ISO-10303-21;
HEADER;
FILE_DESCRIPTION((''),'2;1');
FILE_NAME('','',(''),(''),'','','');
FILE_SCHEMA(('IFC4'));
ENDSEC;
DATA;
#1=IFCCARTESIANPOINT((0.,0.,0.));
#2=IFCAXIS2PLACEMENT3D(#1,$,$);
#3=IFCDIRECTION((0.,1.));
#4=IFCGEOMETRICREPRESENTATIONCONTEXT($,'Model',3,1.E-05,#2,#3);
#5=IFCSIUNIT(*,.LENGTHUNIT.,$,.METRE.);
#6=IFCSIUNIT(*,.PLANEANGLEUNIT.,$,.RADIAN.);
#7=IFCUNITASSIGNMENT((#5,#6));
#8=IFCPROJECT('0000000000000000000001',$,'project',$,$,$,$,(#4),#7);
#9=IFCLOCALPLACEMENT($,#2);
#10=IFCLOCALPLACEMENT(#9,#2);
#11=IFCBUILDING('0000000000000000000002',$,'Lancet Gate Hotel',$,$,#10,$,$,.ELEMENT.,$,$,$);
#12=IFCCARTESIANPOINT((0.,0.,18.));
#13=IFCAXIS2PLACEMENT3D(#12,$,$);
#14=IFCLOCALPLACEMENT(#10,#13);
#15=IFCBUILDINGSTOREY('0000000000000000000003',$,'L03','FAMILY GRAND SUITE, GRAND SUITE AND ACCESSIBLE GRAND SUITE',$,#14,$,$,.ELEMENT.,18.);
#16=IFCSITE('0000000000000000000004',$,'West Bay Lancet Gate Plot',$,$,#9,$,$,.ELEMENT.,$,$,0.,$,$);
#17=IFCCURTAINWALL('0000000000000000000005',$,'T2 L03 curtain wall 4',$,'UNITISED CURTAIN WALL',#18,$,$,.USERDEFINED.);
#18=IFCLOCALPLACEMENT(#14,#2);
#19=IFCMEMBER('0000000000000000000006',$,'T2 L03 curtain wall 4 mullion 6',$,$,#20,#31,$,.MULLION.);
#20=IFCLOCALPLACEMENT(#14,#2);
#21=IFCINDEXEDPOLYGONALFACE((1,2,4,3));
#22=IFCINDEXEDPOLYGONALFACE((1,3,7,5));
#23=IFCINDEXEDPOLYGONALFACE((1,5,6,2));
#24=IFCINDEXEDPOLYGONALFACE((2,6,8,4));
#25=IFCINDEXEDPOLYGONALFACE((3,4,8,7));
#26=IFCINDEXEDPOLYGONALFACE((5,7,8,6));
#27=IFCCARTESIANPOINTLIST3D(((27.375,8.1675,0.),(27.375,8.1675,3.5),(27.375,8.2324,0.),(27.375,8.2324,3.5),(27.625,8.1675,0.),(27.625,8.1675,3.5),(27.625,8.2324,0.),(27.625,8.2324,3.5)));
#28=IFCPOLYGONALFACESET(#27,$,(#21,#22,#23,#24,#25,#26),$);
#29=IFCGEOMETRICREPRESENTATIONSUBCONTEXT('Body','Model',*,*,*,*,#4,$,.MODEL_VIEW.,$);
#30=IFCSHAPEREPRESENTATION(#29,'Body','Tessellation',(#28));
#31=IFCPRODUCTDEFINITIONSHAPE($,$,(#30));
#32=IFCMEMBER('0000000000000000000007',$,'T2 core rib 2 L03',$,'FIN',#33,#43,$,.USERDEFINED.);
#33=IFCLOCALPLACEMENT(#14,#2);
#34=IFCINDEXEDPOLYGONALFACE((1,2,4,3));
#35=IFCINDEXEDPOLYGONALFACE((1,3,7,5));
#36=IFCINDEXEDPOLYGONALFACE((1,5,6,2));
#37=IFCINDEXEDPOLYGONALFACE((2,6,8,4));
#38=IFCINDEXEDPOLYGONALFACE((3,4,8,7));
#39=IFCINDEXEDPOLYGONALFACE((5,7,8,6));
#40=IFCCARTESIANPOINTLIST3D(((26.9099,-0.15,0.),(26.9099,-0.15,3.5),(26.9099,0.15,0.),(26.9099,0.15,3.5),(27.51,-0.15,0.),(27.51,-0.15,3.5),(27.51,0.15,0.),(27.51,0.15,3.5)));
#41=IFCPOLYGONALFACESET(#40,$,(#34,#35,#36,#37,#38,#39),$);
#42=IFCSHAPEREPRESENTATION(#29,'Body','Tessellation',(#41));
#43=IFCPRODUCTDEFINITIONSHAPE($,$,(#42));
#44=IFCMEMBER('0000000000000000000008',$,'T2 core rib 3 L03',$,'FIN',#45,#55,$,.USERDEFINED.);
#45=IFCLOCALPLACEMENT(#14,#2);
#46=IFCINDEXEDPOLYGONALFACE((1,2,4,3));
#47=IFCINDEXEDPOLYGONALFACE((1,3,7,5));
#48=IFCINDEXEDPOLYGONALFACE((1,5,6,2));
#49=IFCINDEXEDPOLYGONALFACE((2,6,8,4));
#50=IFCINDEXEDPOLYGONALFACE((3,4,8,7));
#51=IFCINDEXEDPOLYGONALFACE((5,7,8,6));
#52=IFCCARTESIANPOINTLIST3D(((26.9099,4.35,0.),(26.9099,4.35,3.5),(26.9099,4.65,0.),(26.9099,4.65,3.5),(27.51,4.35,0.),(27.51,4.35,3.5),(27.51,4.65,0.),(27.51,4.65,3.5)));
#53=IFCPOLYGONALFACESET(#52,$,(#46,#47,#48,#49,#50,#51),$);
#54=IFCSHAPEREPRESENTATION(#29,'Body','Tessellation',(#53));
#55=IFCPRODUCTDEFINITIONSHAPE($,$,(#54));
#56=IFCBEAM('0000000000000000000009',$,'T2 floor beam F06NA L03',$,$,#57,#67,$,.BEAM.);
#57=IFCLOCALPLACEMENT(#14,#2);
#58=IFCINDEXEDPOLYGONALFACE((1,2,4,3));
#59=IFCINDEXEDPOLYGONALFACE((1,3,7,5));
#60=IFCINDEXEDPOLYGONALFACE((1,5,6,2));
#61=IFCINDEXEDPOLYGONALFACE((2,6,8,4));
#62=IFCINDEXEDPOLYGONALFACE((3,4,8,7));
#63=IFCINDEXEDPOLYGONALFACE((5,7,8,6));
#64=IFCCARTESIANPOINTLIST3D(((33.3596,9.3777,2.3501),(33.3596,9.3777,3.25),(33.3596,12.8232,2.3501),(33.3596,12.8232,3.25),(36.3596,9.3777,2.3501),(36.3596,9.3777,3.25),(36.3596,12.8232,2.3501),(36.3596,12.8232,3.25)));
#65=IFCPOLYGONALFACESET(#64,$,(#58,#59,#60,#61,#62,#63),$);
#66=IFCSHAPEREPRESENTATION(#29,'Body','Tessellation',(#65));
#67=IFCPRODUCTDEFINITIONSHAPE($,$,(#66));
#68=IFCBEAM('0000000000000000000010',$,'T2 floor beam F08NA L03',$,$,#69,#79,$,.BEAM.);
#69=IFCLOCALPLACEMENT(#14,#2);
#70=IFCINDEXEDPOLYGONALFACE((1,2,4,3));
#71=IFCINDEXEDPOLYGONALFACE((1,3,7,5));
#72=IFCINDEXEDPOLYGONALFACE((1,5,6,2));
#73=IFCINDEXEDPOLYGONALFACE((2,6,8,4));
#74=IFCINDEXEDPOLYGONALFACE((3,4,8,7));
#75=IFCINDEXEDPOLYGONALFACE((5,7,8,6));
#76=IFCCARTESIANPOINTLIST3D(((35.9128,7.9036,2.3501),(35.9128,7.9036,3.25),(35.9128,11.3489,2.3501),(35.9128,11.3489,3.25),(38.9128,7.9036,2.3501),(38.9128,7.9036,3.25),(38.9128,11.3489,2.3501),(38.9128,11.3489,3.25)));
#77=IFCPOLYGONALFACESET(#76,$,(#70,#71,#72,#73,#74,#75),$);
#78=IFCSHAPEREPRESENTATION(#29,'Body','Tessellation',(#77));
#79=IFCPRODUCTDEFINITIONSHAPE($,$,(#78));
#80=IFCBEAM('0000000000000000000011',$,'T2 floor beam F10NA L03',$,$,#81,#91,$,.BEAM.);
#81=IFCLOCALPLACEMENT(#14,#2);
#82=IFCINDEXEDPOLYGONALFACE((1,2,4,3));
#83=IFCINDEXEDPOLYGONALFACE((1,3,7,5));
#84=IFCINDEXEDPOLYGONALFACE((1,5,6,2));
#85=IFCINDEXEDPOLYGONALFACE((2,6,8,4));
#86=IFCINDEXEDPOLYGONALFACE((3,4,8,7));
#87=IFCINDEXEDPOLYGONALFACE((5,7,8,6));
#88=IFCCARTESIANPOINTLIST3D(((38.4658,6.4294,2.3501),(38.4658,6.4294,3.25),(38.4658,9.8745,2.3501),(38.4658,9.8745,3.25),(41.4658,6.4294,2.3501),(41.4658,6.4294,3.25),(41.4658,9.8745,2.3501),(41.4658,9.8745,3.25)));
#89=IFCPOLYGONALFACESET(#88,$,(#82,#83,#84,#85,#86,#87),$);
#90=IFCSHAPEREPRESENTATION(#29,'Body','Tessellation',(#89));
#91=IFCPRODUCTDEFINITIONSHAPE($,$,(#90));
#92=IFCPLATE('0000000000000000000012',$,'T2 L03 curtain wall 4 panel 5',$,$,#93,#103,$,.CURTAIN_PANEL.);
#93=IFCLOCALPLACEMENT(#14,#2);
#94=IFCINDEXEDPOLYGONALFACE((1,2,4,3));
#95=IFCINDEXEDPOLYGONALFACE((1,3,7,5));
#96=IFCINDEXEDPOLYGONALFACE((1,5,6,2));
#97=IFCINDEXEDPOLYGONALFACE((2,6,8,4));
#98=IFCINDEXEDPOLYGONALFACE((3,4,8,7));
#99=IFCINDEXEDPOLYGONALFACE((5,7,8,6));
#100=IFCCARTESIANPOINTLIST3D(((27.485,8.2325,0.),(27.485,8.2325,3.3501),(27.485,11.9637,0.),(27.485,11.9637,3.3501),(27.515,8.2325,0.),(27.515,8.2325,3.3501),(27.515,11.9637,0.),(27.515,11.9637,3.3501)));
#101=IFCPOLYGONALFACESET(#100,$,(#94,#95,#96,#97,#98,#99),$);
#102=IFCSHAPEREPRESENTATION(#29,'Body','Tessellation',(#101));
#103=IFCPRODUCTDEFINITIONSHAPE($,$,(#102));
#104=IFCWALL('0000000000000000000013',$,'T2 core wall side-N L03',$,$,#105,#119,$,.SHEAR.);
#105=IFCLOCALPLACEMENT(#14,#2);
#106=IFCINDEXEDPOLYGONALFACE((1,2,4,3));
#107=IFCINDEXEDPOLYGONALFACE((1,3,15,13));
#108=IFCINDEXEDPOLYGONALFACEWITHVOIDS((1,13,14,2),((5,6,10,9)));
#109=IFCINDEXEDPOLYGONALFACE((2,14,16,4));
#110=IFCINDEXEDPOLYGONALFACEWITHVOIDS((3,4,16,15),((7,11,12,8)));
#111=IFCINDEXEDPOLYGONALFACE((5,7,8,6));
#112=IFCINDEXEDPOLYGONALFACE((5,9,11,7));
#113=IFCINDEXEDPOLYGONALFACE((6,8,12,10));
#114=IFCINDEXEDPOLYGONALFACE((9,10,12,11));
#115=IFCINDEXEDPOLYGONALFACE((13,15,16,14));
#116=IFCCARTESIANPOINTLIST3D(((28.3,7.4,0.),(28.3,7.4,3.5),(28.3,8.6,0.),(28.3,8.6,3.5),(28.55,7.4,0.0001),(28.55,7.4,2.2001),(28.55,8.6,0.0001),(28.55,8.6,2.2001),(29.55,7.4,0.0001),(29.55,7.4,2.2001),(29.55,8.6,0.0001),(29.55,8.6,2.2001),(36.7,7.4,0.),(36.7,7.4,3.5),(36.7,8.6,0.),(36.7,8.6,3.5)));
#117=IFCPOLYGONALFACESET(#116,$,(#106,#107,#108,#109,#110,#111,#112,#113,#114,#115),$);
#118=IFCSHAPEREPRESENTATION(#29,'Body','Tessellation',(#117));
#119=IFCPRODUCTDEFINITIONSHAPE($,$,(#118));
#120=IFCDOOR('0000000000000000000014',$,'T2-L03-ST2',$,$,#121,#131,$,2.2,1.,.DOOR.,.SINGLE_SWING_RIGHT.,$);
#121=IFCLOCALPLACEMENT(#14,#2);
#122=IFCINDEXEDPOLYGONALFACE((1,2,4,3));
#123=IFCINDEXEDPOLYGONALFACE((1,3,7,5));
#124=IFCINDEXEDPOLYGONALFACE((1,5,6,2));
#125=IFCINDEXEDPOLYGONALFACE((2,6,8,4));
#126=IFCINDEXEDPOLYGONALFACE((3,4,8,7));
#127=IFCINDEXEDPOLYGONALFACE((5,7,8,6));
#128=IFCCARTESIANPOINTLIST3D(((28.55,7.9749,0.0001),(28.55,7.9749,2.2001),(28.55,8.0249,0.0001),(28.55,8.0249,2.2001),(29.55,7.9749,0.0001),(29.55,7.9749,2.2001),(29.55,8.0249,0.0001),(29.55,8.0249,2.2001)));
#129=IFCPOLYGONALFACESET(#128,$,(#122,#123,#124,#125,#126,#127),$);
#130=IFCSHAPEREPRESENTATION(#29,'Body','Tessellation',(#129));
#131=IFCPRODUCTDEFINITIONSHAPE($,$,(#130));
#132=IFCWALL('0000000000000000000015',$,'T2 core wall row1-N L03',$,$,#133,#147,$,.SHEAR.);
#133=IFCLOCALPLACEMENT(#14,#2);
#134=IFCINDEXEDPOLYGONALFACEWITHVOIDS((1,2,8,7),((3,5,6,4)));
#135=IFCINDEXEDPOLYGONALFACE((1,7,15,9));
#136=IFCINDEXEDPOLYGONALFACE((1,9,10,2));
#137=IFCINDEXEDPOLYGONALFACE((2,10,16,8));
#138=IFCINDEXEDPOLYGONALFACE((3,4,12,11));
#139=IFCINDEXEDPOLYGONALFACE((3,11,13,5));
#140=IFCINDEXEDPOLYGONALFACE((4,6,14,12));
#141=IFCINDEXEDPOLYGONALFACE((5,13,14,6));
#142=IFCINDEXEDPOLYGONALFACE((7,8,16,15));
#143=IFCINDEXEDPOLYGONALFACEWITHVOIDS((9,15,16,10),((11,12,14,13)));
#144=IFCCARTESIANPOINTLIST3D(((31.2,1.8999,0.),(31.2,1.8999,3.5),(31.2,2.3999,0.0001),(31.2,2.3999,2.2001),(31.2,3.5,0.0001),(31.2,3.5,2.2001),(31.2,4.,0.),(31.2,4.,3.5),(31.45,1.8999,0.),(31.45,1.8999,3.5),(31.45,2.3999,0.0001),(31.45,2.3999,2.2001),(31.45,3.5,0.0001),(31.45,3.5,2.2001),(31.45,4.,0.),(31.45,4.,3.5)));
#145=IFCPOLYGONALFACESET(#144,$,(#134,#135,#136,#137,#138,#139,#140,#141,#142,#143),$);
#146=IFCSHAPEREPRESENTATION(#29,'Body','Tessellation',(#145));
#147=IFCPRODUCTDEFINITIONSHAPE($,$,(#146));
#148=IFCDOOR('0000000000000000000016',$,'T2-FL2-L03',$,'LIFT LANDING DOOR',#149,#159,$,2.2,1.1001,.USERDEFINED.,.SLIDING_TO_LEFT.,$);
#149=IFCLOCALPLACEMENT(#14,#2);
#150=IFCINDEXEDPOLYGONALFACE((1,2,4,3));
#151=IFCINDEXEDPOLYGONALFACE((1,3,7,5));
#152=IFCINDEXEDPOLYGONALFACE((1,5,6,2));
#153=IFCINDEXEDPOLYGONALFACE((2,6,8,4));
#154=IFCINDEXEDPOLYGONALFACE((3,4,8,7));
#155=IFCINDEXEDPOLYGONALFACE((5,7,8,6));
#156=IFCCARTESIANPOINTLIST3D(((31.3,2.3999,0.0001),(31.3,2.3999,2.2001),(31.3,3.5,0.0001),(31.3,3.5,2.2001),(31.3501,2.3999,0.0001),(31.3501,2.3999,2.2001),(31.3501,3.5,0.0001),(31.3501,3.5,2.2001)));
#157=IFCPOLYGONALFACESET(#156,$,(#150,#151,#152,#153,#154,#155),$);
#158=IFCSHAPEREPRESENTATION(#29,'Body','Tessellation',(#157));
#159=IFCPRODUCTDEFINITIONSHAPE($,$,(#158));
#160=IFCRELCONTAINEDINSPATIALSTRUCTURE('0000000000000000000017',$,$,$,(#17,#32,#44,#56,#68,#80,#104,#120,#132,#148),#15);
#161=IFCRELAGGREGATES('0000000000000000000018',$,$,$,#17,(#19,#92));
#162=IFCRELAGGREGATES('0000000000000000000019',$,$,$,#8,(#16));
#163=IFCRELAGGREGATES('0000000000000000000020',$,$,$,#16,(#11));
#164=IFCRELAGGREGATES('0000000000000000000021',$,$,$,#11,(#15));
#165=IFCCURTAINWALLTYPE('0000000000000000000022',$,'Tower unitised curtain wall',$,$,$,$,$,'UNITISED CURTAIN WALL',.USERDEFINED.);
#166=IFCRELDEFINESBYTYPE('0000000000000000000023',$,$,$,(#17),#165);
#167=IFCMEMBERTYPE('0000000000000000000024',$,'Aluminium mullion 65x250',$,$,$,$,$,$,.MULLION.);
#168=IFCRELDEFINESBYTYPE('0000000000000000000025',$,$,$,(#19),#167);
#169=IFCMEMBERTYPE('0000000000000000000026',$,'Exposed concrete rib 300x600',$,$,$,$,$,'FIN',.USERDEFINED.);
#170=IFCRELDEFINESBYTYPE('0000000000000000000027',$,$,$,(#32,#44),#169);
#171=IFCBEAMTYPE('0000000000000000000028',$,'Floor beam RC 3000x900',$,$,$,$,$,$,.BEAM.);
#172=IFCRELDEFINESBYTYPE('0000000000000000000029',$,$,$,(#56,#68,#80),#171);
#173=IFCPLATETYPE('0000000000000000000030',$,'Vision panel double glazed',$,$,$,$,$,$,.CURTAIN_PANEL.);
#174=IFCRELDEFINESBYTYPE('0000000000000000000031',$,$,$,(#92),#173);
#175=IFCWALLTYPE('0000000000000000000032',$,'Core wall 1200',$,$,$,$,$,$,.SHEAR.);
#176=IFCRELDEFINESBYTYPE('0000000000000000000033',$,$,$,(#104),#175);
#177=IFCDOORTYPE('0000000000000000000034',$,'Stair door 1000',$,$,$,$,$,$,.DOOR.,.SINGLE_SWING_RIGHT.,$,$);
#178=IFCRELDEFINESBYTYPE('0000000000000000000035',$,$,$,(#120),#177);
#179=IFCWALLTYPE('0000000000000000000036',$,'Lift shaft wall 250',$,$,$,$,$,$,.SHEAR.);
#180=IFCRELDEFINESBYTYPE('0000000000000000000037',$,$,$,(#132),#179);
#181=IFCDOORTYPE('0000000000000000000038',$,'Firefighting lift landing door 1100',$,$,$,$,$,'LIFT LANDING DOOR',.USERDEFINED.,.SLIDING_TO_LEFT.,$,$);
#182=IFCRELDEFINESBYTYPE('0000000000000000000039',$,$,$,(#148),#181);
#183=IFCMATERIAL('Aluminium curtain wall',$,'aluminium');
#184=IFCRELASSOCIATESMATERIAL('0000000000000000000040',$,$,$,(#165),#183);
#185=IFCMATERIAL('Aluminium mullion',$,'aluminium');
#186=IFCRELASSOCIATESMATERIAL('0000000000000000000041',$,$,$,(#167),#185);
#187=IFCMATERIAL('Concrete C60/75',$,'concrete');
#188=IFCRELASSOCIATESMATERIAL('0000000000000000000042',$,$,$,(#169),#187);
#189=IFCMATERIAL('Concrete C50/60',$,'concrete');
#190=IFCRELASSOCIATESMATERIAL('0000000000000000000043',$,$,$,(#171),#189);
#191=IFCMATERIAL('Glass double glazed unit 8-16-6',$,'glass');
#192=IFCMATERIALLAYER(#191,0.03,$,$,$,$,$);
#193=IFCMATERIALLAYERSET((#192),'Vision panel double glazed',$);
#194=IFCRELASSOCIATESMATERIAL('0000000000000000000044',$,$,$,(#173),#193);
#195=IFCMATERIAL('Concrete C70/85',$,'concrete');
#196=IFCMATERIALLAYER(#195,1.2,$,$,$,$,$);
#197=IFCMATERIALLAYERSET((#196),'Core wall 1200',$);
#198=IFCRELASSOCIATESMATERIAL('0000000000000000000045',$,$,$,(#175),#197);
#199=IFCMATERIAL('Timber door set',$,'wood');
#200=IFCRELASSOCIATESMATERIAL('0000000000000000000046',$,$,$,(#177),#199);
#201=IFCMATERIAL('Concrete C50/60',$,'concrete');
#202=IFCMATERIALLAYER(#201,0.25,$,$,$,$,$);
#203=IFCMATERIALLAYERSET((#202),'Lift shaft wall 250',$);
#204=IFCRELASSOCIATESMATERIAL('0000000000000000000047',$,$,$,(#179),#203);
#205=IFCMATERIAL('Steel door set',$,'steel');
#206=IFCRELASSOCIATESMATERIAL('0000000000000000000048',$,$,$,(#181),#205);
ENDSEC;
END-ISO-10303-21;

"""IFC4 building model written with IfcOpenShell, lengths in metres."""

from ifc_helpers import new_model, si_unit, direction, frame, frame_2d, origin, origin_2d, place, context, subcontext, project, spatial, rectangle, extrude, material, layer, layer_set, material_profile, profile_set, type_object, element, fill, aggregate, save


model = new_model("IFC4")

# Units and contexts
model_context = context("Model", 3, precision=1e-05, world=origin(), true_north=direction((0.0, 1.0)))
body_context = subcontext(model_context, "Body", "Model", "MODEL_VIEW")
ifc_project = project(units=[si_unit("LENGTHUNIT", "METRE"), si_unit("PLANEANGLEUNIT", "RADIAN")], contexts=[model_context])

# Site, building, storey
site_placement = place(None, origin())
site = spatial("IfcSite", under=ifc_project, at=site_placement, Name="West Bay Lancet Gate Plot", CompositionType="ELEMENT", RefElevation=0.0)
building_placement = place(site_placement, origin())
building = spatial("IfcBuilding", under=site, at=building_placement, Name="Lancet Gate Hotel", CompositionType="ELEMENT")
storey_placement = place(building_placement, frame((0.0, 0.0, 18.0)))
storey = spatial("IfcBuildingStorey", under=building, at=storey_placement, Name="L03", Description="FAMILY GRAND SUITE, GRAND SUITE AND ACCESSIBLE GRAND SUITE", CompositionType="ELEMENT", Elevation=18.0)

# Curtain wall, member
ifc_material_1 = material(Name="Aluminium curtain wall", Category="aluminium")
curtain_wall_type = type_object("IfcCurtainWallType", Name="Tower unitised curtain wall", ElementType="UNITISED CURTAIN WALL", PredefinedType="USERDEFINED", material=ifc_material_1)
curtain_wall_placement = place(storey_placement, origin())
curtain_wall = element("IfcCurtainWall", 1, at=curtain_wall_placement, inside=storey, type_object=curtain_wall_type, Name="T2 L03 curtain wall 4", ObjectType="UNITISED CURTAIN WALL", PredefinedType="USERDEFINED")
ifc_material_2 = material(Name="Aluminium mullion", Category="aluminium")
ifc_material_profile_1 = material_profile(ifc_material_2, rectangle(XDim=0.0649, YDim=0.25, at=origin_2d()), Name="MULLION 65x250")
ifc_profile_set_1 = profile_set([ifc_material_profile_1], Name="Aluminium mullion")
member_type_1 = type_object("IfcMemberType", Name="Aluminium mullion 65x250", PredefinedType="MULLION", material=ifc_profile_set_1)
member_placement = place(storey_placement, frame((27.5, 8.2, 0.0), z_axis=(0.0, 0.0, 1.0), x_axis=(0.0, -1.0, 0.0)))
member = element("IfcMember", 2, at=member_placement, type_object=member_type_1, Name="T2 L03 curtain wall 4 mullion 6", PredefinedType="MULLION", context=body_context, shape_type="SweptSolid", body=[
    extrude(rectangle(XDim=0.0649, YDim=0.25, at=origin_2d()), origin(), (0.0, 0.0, 1.0), 3.5),
])

# Members
ifc_material_3 = material(Name="Concrete C60/75", Category="concrete")
ifc_material_profile_2 = material_profile(ifc_material_3, rectangle(XDim=0.3, YDim=0.6001, at=origin_2d()), Name="FIN 300x600")
ifc_profile_set_2 = profile_set([ifc_material_profile_2], Name="Concrete C60/75")
member_type_2 = type_object("IfcMemberType", Name="Exposed concrete rib 300x600", ElementType="FIN", PredefinedType="USERDEFINED", material=ifc_profile_set_2)
for number, where, z_axis, x_axis, name in (
    (3, (27.21, 0.0, 0.0), (0.0, 0.0, 1.0), (0.0, 1.0, 0.0), "T2 core rib 2 L03"),
    (4, (27.21, 4.5, 0.0), (0.0, 0.0, 1.0), (0.0, 1.0, 0.0), "T2 core rib 3 L03"),
):
    element("IfcMember", number, at=place(storey_placement, frame(where, z_axis=z_axis, x_axis=x_axis)), inside=storey, type_object=member_type_2, Name=name, ObjectType="FIN", PredefinedType="USERDEFINED", context=body_context, shape_type="SweptSolid", body=[
        extrude(rectangle(XDim=0.3, YDim=0.6001, at=origin_2d()), origin(), (0.0, 0.0, 1.0), 3.5),
    ])

# Beams
ifc_material_4 = material(Name="Concrete C50/60", Category="concrete")
ifc_material_profile_3 = material_profile(ifc_material_4, rectangle(XDim=3.0, YDim=0.8999, at=origin_2d()), Name="RC 3000x900")
ifc_profile_set_3 = profile_set([ifc_material_profile_3], Name="Concrete C50/60")
beam_type = type_object("IfcBeamType", Name="Floor beam RC 3000x900", PredefinedType="BEAM", material=ifc_profile_set_3)
beam_1_placement = place(storey_placement, frame((34.8596, 9.3777, 2.8), z_axis=(0.0, 1.0, 0.0), x_axis=(-1.0, 0.0, 0.0)))
element("IfcBeam", 5, at=beam_1_placement, inside=storey, type_object=beam_type, Name="T2 floor beam F06NA L03", PredefinedType="BEAM", context=body_context, shape_type="SweptSolid", body=[
    extrude(rectangle(XDim=3.0, YDim=0.8999, at=origin_2d()), origin(), (0.0, 0.0, 1.0), 3.4456),
])
beam_2_placement = place(storey_placement, frame((37.4128, 7.9036, 2.8), z_axis=(0.0, 1.0, 0.0), x_axis=(-1.0, 0.0, 0.0)))
element("IfcBeam", 6, at=beam_2_placement, inside=storey, type_object=beam_type, Name="T2 floor beam F08NA L03", PredefinedType="BEAM", context=body_context, shape_type="SweptSolid", body=[
    extrude(rectangle(XDim=3.0, YDim=0.8999, at=origin_2d()), origin(), (0.0, 0.0, 1.0), 3.4453),
])
beam_3_placement = place(storey_placement, frame((39.9658, 6.4294, 2.8), z_axis=(0.0, 1.0, 0.0), x_axis=(-1.0, 0.0, 0.0)))
element("IfcBeam", 7, at=beam_3_placement, inside=storey, type_object=beam_type, Name="T2 floor beam F10NA L03", PredefinedType="BEAM", context=body_context, shape_type="SweptSolid", body=[
    extrude(rectangle(XDim=3.0, YDim=0.8999, at=origin_2d()), origin(), (0.0, 0.0, 1.0), 3.4451),
])

# Plate
ifc_material_5 = material(Name="Glass double glazed unit 8-16-6", Category="glass")
ifc_layer_1 = layer(ifc_material_5, 0.03)
ifc_layer_set_1 = layer_set([ifc_layer_1], Name="Vision panel double glazed")
plate_type = type_object("IfcPlateType", Name="Vision panel double glazed", PredefinedType="CURTAIN_PANEL", material=ifc_layer_set_1)
plate_placement = place(storey_placement, frame((27.5, 10.0981, 0.0), z_axis=(0.0, 0.0, 1.0), x_axis=(0.0, -1.0, 0.0)))
plate = element("IfcPlate", 8, at=plate_placement, type_object=plate_type, Name="T2 L03 curtain wall 4 panel 5", PredefinedType="CURTAIN_PANEL", context=body_context, shape_type="SweptSolid", body=[
    extrude(rectangle(XDim=3.7312, YDim=0.03, at=origin_2d()), origin(), (0.0, 0.0, 1.0), 3.3501),
])
aggregate(curtain_wall, [member, plate])

# Walls, openings, doors
ifc_material_6 = material(Name="Concrete C70/85", Category="concrete")
ifc_layer_2 = layer(ifc_material_6, 1.2)
ifc_layer_set_2 = layer_set([ifc_layer_2], Name="Core wall 1200")
wall_type_1 = type_object("IfcWallType", Name="Core wall 1200", PredefinedType="SHEAR", material=ifc_layer_set_2)
wall_1_placement = place(storey_placement, frame((28.3, 8.0, 0.0), z_axis=(0.0, 0.0, 1.0), x_axis=(1.0, 0.0, 0.0)))
wall_1 = element("IfcWall", 9, at=wall_1_placement, inside=storey, type_object=wall_type_1, Name="T2 core wall side-N L03", PredefinedType="SHEAR", context=body_context, shape_type="SweptSolid", body=[
    extrude(rectangle(XDim=8.3999, YDim=1.2, at=frame_2d((4.2, 0.0))), origin(), (0.0, 0.0, 1.0), 3.5),
])
opening_1_placement = place(wall_1_placement, frame((0.25, 0.0, 0.0)))
opening_1 = element("IfcOpeningElement", 10, at=opening_1_placement, cuts=wall_1, PredefinedType="OPENING", context=body_context, shape_type="SweptSolid", body=[
    extrude(rectangle(XDim=1.0, YDim=2.2, at=frame_2d((0.5, 1.1001))), frame((0.0, 0.6099, 0.0), z_axis=(0.0, -1.0, 0.0), x_axis=(1.0, 0.0, 0.0)), (0.0, 0.0, 1.0), 1.22),
])
ifc_material_7 = material(Name="Timber door set", Category="wood")
door_type_1 = type_object("IfcDoorType", Name="Stair door 1000", OperationType="SINGLE_SWING_RIGHT", PredefinedType="DOOR", material=ifc_material_7)
door_1_placement = place(opening_1_placement, origin())
door_1 = element("IfcDoor", 11, at=door_1_placement, inside=storey, type_object=door_type_1, Name="T2-L03-ST2", OperationType="SINGLE_SWING_RIGHT", OverallHeight=2.2, OverallWidth=1.0, PredefinedType="DOOR", context=body_context, shape_type="SweptSolid", body=[
    extrude(rectangle(XDim=1.0, YDim=2.2, at=frame_2d((0.5, 1.1001))), frame((0.0, 0.0249, 0.0), z_axis=(0.0, -1.0, 0.0), x_axis=(1.0, 0.0, 0.0)), (0.0, 0.0, 1.0), 0.05),
])
fill(opening_1, door_1)
ifc_material_8 = material(Name="Concrete C50/60", Category="concrete")
ifc_layer_3 = layer(ifc_material_8, 0.25)
ifc_layer_set_3 = layer_set([ifc_layer_3], Name="Lift shaft wall 250")
wall_type_2 = type_object("IfcWallType", Name="Lift shaft wall 250", PredefinedType="SHEAR", material=ifc_layer_set_3)
wall_2_placement = place(storey_placement, frame((31.325, 1.8999, 0.0), z_axis=(0.0, 0.0, 1.0), x_axis=(0.0, 1.0, 0.0)))
wall_2 = element("IfcWall", 12, at=wall_2_placement, inside=storey, type_object=wall_type_2, Name="T2 core wall row1-N L03", PredefinedType="SHEAR", context=body_context, shape_type="SweptSolid", body=[
    extrude(rectangle(XDim=2.1001, YDim=0.25, at=frame_2d((1.05, 0.0))), origin(), (0.0, 0.0, 1.0), 3.5),
])
opening_2_placement = place(wall_2_placement, frame((0.5, 0.0, 0.0)))
opening_2 = element("IfcOpeningElement", 13, at=opening_2_placement, cuts=wall_2, PredefinedType="OPENING", context=body_context, shape_type="SweptSolid", body=[
    extrude(rectangle(XDim=1.1001, YDim=2.2, at=frame_2d((0.55, 1.1001))), frame((0.0, 0.135, 0.0), z_axis=(0.0, -1.0, 0.0), x_axis=(1.0, 0.0, 0.0)), (0.0, 0.0, 1.0), 0.27),
])
ifc_material_9 = material(Name="Steel door set", Category="steel")
door_type_2 = type_object("IfcDoorType", Name="Firefighting lift landing door 1100", ElementType="LIFT LANDING DOOR", OperationType="SLIDING_TO_LEFT", PredefinedType="USERDEFINED", material=ifc_material_9)
door_2_placement = place(opening_2_placement, origin())
door_2 = element("IfcDoor", 14, at=door_2_placement, inside=storey, type_object=door_type_2, Name="T2-FL2-L03", ObjectType="LIFT LANDING DOOR", OperationType="SLIDING_TO_LEFT", OverallHeight=2.2, OverallWidth=1.1001, PredefinedType="USERDEFINED", context=body_context, shape_type="SweptSolid", body=[
    extrude(rectangle(XDim=1.1001, YDim=2.2, at=frame_2d((0.55, 1.1001))), frame((0.0, 0.0249, 0.0), z_axis=(0.0, -1.0, 0.0), x_axis=(1.0, 0.0, 0.0)), (0.0, 0.0, 1.0), 0.05),
])
fill(opening_2, door_2)

save(model, "model.ifc")
